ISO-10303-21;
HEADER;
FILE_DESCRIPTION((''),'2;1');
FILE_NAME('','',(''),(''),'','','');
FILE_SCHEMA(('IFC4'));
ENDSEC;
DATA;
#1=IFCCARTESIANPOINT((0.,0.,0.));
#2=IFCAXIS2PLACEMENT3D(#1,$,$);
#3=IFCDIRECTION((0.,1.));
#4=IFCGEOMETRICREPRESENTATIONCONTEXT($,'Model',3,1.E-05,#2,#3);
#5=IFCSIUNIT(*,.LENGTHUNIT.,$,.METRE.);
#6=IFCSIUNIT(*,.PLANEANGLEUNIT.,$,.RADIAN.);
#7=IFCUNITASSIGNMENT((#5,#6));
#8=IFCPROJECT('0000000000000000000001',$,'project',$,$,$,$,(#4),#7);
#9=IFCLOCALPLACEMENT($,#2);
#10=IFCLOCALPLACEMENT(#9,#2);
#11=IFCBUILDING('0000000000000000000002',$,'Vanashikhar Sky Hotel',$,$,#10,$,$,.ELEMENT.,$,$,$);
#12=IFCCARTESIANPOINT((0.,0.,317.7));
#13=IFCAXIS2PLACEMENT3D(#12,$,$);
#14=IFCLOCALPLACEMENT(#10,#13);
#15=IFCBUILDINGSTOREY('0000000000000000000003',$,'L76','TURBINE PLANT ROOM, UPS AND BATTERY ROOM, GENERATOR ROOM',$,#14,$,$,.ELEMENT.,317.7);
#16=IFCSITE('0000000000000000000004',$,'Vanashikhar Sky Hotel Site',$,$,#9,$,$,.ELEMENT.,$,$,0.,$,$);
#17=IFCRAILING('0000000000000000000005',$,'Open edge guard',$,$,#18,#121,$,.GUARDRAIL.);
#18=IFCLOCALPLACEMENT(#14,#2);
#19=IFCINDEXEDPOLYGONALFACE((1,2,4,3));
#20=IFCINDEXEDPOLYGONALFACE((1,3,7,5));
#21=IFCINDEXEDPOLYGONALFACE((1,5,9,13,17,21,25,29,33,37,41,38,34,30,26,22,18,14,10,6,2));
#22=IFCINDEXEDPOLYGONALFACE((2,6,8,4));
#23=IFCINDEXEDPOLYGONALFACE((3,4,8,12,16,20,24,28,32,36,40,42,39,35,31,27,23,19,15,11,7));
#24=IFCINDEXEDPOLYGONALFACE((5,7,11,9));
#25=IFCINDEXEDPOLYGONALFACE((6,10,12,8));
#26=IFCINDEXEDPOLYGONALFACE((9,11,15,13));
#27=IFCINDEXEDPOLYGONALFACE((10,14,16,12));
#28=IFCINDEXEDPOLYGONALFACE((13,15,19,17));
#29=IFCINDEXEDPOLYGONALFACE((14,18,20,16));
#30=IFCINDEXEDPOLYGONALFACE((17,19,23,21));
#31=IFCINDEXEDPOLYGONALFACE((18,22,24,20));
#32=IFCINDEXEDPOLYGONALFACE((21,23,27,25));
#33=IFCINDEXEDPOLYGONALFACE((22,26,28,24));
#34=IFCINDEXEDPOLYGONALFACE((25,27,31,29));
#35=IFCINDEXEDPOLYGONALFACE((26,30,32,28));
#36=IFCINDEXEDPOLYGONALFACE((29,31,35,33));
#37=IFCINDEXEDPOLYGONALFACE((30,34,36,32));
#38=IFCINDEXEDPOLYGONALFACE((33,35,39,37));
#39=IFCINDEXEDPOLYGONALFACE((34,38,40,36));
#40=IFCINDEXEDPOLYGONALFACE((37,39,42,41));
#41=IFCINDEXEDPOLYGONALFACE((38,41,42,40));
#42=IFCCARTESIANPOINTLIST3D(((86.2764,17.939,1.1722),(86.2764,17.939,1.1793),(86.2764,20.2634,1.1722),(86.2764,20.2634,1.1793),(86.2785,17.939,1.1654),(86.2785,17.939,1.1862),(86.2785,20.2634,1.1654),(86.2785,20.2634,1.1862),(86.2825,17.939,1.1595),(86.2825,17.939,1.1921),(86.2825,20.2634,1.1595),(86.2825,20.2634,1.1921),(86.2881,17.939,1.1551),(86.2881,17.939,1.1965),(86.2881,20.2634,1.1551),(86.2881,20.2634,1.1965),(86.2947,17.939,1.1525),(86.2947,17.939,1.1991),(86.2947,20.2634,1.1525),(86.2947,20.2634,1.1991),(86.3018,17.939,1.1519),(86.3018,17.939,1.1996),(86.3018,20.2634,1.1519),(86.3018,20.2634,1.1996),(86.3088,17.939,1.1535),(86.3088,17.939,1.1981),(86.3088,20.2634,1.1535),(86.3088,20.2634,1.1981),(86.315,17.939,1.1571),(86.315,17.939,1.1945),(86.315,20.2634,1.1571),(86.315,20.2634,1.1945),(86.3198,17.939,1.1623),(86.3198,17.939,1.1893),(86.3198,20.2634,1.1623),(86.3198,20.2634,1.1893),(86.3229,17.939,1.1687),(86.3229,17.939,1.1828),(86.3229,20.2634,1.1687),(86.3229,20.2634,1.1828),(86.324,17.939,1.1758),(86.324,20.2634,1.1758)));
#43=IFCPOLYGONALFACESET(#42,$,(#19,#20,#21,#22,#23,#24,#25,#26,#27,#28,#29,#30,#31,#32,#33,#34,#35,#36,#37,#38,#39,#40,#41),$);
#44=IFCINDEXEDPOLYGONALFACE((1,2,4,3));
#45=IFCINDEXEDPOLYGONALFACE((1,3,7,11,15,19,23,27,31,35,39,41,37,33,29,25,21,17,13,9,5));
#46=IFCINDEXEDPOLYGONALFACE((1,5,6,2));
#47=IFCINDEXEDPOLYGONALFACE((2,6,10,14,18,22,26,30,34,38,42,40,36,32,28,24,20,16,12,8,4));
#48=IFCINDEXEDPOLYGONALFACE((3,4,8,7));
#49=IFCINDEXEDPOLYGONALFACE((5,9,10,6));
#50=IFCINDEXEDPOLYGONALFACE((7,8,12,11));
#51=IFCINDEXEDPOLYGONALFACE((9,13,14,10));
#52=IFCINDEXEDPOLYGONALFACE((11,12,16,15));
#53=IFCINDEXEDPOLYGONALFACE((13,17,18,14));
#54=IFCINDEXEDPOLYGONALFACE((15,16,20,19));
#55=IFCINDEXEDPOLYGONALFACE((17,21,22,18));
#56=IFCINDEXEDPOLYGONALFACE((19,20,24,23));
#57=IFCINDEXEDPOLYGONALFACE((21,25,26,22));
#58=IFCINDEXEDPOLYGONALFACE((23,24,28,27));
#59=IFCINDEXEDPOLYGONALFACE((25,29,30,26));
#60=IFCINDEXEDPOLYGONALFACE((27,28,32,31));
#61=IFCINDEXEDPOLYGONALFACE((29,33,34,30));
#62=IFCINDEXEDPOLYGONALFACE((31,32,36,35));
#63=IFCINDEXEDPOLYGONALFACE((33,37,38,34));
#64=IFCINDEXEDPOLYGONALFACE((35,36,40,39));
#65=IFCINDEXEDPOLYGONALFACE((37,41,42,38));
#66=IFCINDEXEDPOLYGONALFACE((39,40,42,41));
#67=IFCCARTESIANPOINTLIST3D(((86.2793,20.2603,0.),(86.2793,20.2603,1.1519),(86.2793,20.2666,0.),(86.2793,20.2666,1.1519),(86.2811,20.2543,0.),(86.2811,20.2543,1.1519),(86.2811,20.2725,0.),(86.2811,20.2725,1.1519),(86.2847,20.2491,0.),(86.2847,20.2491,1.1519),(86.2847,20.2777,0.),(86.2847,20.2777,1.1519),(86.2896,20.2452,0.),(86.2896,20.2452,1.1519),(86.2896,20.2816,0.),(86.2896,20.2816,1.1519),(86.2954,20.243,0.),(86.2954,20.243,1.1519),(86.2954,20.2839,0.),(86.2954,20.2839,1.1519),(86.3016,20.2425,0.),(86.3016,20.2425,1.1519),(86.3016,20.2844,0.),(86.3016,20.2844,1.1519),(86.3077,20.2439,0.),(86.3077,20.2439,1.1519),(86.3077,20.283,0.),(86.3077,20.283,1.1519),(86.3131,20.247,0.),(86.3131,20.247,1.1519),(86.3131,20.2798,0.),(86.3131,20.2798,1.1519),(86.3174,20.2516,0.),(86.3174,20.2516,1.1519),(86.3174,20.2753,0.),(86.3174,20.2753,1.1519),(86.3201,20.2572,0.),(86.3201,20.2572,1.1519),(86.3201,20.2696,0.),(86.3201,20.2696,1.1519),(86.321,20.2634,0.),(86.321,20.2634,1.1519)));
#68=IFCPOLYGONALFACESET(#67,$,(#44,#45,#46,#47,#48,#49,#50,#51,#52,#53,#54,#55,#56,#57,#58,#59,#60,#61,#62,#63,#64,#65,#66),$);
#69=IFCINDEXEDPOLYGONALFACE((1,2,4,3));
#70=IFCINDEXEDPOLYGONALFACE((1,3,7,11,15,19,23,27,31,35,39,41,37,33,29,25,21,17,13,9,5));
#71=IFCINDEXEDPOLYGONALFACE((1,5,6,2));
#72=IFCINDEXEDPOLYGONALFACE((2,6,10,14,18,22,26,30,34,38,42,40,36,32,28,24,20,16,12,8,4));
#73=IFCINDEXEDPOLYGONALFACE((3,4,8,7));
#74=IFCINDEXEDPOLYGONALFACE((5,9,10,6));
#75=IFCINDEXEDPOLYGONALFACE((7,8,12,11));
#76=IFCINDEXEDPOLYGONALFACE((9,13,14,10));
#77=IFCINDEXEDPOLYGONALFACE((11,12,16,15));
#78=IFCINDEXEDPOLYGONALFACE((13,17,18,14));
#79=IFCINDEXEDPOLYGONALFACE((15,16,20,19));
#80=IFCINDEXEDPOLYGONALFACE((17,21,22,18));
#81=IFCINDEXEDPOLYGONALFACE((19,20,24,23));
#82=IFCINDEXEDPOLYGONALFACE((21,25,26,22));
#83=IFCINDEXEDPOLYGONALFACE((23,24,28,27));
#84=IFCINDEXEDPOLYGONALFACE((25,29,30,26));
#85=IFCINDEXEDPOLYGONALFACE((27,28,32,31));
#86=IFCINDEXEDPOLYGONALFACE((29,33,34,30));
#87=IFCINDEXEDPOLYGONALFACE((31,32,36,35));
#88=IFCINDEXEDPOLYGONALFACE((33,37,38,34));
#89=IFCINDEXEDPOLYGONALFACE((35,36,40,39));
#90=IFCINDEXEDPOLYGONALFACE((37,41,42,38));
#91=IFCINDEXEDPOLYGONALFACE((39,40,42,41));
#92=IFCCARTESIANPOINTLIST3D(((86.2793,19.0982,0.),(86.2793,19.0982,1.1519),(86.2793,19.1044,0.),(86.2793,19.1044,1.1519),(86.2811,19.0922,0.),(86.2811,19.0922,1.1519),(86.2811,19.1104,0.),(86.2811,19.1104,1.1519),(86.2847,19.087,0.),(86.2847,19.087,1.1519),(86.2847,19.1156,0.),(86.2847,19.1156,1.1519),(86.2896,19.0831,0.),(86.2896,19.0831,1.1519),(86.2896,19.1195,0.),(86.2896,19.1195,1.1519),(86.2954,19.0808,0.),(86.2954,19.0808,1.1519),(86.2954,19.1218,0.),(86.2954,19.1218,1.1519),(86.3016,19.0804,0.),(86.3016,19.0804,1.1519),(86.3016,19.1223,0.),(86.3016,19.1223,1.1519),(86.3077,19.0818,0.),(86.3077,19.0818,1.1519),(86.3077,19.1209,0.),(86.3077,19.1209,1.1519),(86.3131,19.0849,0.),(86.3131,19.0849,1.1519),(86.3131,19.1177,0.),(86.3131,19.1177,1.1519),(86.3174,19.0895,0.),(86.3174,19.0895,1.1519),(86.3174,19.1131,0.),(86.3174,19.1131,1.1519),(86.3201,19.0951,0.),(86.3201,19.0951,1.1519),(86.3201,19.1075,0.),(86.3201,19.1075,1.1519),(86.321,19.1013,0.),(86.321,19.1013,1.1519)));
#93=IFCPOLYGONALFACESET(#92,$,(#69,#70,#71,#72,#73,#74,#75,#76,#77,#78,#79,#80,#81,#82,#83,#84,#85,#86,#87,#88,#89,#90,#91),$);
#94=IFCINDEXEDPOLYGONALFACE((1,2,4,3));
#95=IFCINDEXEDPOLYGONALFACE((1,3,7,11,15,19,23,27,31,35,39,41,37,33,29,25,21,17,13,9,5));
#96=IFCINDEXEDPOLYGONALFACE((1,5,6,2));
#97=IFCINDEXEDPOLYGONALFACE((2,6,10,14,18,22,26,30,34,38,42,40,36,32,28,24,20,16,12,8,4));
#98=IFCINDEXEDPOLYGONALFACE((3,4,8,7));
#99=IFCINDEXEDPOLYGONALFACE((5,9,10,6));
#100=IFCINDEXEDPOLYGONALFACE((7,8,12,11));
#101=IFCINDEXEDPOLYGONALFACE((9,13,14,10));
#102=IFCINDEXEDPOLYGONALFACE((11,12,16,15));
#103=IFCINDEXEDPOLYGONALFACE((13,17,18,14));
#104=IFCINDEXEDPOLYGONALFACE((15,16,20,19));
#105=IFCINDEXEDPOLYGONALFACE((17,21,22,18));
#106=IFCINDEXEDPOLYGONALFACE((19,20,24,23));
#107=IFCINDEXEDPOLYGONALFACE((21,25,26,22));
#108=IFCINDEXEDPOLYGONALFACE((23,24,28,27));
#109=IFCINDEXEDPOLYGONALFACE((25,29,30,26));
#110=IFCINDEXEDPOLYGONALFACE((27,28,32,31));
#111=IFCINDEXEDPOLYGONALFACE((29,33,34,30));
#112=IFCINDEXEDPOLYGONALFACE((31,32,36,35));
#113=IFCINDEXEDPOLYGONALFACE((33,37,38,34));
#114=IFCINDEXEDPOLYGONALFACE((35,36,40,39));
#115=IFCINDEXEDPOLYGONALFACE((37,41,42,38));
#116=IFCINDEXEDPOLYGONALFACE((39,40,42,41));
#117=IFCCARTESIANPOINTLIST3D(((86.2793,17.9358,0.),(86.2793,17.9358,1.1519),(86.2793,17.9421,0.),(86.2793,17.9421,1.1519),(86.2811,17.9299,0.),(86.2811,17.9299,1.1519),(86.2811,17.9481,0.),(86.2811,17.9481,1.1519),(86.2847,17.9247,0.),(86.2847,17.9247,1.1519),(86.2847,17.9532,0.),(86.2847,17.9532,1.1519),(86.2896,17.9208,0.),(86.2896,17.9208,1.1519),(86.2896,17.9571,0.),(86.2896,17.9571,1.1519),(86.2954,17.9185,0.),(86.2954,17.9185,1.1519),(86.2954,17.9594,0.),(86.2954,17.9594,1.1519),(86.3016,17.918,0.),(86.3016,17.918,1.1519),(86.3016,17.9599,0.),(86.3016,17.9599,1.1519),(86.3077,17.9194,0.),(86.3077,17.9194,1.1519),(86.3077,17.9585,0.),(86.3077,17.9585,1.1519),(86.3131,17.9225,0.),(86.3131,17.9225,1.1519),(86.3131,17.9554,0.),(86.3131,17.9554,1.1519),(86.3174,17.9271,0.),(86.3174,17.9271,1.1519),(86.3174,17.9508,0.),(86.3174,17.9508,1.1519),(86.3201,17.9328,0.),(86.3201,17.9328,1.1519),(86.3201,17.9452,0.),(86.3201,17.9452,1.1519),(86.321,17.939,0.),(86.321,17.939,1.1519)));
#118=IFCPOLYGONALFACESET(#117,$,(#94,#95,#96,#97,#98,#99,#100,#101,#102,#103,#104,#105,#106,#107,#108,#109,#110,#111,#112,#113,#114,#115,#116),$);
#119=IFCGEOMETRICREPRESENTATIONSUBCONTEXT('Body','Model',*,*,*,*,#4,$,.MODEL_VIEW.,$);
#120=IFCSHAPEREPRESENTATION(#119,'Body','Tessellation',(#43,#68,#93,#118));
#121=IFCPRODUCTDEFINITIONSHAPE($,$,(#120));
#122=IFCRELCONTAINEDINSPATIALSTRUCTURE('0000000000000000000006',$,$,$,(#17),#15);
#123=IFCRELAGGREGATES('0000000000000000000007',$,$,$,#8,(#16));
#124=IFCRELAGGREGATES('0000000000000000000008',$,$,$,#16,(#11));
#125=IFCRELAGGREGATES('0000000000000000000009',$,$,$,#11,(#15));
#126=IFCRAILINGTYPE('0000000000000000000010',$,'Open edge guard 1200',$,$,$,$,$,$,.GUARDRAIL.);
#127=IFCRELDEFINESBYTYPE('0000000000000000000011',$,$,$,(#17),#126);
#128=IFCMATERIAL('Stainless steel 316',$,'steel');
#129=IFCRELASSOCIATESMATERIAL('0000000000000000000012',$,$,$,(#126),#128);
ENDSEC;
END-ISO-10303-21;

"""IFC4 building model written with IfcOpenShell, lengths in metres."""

from ifc_helpers import new_model, si_unit, direction, frame, origin, origin_2d, place, context, subcontext, project, spatial, circle, extrude, source, transform, mapped, material, type_object, element, save


model = new_model("IFC4")

# Units and contexts
model_context = context("Model", 3, precision=1e-05, world=origin(), true_north=direction((0.0, 1.0)))
body_context = subcontext(model_context, "Body", "Model", "MODEL_VIEW")
ifc_project = project(units=[si_unit("LENGTHUNIT", "METRE"), si_unit("PLANEANGLEUNIT", "RADIAN")], contexts=[model_context])

# Site, building, storey
site_placement = place(None, origin())
site = spatial("IfcSite", under=ifc_project, at=site_placement, Name="Vanashikhar Sky Hotel Site", CompositionType="ELEMENT", RefElevation=0.0)
building_placement = place(site_placement, origin())
building = spatial("IfcBuilding", under=site, at=building_placement, Name="Vanashikhar Sky Hotel", CompositionType="ELEMENT")
storey_placement = place(building_placement, frame((0.0, 0.0, 317.7)))
storey = spatial("IfcBuildingStorey", under=building, at=storey_placement, Name="L76", Description="TURBINE PLANT ROOM, UPS AND BATTERY ROOM, GENERATOR ROOM", CompositionType="ELEMENT", Elevation=317.7)

# Railing
ifc_material_1 = material(Name="Stainless steel 316", Category="steel")
railing_type_1 = type_object("IfcRailingType", Name="Open edge guard 1200", PredefinedType="GUARDRAIL", material=ifc_material_1)
shared_shape_1 = source(origin(), body_context, "Body", "SweptSolid", [
    extrude(circle(Radius=0.0239, at=origin_2d()), frame((0.0, 0.0, 1.1758), z_axis=(0.0, -1.0, 0.0), x_axis=(1.0, 0.0, 0.0)), (0.0, 0.0, 1.0), 2.3245),
    extrude(circle(Radius=0.021, at=origin_2d()), origin(), (0.0, 0.0, 1.0), 1.1519),
    extrude(circle(Radius=0.021, at=origin_2d()), frame((0.0, -1.1621, 0.0)), (0.0, 0.0, 1.0), 1.1519),
    extrude(circle(Radius=0.021, at=origin_2d()), frame((0.0, -2.3245, 0.0)), (0.0, 0.0, 1.0), 1.1519),
])
for number, where, name in (
    (1, (86.3, 20.2634, 0.0), "Open edge guard"),
):
    element("IfcRailing", number, at=place(storey_placement, frame(where)), inside=storey, type_object=railing_type_1, Name=name, PredefinedType="GUARDRAIL", context=body_context, shape_type="MappedRepresentation", body=[
        mapped(shared_shape_1, transform((0.0, 0.0, 0.0), scale=1.0)),
    ])

save(model, "model.ifc")
